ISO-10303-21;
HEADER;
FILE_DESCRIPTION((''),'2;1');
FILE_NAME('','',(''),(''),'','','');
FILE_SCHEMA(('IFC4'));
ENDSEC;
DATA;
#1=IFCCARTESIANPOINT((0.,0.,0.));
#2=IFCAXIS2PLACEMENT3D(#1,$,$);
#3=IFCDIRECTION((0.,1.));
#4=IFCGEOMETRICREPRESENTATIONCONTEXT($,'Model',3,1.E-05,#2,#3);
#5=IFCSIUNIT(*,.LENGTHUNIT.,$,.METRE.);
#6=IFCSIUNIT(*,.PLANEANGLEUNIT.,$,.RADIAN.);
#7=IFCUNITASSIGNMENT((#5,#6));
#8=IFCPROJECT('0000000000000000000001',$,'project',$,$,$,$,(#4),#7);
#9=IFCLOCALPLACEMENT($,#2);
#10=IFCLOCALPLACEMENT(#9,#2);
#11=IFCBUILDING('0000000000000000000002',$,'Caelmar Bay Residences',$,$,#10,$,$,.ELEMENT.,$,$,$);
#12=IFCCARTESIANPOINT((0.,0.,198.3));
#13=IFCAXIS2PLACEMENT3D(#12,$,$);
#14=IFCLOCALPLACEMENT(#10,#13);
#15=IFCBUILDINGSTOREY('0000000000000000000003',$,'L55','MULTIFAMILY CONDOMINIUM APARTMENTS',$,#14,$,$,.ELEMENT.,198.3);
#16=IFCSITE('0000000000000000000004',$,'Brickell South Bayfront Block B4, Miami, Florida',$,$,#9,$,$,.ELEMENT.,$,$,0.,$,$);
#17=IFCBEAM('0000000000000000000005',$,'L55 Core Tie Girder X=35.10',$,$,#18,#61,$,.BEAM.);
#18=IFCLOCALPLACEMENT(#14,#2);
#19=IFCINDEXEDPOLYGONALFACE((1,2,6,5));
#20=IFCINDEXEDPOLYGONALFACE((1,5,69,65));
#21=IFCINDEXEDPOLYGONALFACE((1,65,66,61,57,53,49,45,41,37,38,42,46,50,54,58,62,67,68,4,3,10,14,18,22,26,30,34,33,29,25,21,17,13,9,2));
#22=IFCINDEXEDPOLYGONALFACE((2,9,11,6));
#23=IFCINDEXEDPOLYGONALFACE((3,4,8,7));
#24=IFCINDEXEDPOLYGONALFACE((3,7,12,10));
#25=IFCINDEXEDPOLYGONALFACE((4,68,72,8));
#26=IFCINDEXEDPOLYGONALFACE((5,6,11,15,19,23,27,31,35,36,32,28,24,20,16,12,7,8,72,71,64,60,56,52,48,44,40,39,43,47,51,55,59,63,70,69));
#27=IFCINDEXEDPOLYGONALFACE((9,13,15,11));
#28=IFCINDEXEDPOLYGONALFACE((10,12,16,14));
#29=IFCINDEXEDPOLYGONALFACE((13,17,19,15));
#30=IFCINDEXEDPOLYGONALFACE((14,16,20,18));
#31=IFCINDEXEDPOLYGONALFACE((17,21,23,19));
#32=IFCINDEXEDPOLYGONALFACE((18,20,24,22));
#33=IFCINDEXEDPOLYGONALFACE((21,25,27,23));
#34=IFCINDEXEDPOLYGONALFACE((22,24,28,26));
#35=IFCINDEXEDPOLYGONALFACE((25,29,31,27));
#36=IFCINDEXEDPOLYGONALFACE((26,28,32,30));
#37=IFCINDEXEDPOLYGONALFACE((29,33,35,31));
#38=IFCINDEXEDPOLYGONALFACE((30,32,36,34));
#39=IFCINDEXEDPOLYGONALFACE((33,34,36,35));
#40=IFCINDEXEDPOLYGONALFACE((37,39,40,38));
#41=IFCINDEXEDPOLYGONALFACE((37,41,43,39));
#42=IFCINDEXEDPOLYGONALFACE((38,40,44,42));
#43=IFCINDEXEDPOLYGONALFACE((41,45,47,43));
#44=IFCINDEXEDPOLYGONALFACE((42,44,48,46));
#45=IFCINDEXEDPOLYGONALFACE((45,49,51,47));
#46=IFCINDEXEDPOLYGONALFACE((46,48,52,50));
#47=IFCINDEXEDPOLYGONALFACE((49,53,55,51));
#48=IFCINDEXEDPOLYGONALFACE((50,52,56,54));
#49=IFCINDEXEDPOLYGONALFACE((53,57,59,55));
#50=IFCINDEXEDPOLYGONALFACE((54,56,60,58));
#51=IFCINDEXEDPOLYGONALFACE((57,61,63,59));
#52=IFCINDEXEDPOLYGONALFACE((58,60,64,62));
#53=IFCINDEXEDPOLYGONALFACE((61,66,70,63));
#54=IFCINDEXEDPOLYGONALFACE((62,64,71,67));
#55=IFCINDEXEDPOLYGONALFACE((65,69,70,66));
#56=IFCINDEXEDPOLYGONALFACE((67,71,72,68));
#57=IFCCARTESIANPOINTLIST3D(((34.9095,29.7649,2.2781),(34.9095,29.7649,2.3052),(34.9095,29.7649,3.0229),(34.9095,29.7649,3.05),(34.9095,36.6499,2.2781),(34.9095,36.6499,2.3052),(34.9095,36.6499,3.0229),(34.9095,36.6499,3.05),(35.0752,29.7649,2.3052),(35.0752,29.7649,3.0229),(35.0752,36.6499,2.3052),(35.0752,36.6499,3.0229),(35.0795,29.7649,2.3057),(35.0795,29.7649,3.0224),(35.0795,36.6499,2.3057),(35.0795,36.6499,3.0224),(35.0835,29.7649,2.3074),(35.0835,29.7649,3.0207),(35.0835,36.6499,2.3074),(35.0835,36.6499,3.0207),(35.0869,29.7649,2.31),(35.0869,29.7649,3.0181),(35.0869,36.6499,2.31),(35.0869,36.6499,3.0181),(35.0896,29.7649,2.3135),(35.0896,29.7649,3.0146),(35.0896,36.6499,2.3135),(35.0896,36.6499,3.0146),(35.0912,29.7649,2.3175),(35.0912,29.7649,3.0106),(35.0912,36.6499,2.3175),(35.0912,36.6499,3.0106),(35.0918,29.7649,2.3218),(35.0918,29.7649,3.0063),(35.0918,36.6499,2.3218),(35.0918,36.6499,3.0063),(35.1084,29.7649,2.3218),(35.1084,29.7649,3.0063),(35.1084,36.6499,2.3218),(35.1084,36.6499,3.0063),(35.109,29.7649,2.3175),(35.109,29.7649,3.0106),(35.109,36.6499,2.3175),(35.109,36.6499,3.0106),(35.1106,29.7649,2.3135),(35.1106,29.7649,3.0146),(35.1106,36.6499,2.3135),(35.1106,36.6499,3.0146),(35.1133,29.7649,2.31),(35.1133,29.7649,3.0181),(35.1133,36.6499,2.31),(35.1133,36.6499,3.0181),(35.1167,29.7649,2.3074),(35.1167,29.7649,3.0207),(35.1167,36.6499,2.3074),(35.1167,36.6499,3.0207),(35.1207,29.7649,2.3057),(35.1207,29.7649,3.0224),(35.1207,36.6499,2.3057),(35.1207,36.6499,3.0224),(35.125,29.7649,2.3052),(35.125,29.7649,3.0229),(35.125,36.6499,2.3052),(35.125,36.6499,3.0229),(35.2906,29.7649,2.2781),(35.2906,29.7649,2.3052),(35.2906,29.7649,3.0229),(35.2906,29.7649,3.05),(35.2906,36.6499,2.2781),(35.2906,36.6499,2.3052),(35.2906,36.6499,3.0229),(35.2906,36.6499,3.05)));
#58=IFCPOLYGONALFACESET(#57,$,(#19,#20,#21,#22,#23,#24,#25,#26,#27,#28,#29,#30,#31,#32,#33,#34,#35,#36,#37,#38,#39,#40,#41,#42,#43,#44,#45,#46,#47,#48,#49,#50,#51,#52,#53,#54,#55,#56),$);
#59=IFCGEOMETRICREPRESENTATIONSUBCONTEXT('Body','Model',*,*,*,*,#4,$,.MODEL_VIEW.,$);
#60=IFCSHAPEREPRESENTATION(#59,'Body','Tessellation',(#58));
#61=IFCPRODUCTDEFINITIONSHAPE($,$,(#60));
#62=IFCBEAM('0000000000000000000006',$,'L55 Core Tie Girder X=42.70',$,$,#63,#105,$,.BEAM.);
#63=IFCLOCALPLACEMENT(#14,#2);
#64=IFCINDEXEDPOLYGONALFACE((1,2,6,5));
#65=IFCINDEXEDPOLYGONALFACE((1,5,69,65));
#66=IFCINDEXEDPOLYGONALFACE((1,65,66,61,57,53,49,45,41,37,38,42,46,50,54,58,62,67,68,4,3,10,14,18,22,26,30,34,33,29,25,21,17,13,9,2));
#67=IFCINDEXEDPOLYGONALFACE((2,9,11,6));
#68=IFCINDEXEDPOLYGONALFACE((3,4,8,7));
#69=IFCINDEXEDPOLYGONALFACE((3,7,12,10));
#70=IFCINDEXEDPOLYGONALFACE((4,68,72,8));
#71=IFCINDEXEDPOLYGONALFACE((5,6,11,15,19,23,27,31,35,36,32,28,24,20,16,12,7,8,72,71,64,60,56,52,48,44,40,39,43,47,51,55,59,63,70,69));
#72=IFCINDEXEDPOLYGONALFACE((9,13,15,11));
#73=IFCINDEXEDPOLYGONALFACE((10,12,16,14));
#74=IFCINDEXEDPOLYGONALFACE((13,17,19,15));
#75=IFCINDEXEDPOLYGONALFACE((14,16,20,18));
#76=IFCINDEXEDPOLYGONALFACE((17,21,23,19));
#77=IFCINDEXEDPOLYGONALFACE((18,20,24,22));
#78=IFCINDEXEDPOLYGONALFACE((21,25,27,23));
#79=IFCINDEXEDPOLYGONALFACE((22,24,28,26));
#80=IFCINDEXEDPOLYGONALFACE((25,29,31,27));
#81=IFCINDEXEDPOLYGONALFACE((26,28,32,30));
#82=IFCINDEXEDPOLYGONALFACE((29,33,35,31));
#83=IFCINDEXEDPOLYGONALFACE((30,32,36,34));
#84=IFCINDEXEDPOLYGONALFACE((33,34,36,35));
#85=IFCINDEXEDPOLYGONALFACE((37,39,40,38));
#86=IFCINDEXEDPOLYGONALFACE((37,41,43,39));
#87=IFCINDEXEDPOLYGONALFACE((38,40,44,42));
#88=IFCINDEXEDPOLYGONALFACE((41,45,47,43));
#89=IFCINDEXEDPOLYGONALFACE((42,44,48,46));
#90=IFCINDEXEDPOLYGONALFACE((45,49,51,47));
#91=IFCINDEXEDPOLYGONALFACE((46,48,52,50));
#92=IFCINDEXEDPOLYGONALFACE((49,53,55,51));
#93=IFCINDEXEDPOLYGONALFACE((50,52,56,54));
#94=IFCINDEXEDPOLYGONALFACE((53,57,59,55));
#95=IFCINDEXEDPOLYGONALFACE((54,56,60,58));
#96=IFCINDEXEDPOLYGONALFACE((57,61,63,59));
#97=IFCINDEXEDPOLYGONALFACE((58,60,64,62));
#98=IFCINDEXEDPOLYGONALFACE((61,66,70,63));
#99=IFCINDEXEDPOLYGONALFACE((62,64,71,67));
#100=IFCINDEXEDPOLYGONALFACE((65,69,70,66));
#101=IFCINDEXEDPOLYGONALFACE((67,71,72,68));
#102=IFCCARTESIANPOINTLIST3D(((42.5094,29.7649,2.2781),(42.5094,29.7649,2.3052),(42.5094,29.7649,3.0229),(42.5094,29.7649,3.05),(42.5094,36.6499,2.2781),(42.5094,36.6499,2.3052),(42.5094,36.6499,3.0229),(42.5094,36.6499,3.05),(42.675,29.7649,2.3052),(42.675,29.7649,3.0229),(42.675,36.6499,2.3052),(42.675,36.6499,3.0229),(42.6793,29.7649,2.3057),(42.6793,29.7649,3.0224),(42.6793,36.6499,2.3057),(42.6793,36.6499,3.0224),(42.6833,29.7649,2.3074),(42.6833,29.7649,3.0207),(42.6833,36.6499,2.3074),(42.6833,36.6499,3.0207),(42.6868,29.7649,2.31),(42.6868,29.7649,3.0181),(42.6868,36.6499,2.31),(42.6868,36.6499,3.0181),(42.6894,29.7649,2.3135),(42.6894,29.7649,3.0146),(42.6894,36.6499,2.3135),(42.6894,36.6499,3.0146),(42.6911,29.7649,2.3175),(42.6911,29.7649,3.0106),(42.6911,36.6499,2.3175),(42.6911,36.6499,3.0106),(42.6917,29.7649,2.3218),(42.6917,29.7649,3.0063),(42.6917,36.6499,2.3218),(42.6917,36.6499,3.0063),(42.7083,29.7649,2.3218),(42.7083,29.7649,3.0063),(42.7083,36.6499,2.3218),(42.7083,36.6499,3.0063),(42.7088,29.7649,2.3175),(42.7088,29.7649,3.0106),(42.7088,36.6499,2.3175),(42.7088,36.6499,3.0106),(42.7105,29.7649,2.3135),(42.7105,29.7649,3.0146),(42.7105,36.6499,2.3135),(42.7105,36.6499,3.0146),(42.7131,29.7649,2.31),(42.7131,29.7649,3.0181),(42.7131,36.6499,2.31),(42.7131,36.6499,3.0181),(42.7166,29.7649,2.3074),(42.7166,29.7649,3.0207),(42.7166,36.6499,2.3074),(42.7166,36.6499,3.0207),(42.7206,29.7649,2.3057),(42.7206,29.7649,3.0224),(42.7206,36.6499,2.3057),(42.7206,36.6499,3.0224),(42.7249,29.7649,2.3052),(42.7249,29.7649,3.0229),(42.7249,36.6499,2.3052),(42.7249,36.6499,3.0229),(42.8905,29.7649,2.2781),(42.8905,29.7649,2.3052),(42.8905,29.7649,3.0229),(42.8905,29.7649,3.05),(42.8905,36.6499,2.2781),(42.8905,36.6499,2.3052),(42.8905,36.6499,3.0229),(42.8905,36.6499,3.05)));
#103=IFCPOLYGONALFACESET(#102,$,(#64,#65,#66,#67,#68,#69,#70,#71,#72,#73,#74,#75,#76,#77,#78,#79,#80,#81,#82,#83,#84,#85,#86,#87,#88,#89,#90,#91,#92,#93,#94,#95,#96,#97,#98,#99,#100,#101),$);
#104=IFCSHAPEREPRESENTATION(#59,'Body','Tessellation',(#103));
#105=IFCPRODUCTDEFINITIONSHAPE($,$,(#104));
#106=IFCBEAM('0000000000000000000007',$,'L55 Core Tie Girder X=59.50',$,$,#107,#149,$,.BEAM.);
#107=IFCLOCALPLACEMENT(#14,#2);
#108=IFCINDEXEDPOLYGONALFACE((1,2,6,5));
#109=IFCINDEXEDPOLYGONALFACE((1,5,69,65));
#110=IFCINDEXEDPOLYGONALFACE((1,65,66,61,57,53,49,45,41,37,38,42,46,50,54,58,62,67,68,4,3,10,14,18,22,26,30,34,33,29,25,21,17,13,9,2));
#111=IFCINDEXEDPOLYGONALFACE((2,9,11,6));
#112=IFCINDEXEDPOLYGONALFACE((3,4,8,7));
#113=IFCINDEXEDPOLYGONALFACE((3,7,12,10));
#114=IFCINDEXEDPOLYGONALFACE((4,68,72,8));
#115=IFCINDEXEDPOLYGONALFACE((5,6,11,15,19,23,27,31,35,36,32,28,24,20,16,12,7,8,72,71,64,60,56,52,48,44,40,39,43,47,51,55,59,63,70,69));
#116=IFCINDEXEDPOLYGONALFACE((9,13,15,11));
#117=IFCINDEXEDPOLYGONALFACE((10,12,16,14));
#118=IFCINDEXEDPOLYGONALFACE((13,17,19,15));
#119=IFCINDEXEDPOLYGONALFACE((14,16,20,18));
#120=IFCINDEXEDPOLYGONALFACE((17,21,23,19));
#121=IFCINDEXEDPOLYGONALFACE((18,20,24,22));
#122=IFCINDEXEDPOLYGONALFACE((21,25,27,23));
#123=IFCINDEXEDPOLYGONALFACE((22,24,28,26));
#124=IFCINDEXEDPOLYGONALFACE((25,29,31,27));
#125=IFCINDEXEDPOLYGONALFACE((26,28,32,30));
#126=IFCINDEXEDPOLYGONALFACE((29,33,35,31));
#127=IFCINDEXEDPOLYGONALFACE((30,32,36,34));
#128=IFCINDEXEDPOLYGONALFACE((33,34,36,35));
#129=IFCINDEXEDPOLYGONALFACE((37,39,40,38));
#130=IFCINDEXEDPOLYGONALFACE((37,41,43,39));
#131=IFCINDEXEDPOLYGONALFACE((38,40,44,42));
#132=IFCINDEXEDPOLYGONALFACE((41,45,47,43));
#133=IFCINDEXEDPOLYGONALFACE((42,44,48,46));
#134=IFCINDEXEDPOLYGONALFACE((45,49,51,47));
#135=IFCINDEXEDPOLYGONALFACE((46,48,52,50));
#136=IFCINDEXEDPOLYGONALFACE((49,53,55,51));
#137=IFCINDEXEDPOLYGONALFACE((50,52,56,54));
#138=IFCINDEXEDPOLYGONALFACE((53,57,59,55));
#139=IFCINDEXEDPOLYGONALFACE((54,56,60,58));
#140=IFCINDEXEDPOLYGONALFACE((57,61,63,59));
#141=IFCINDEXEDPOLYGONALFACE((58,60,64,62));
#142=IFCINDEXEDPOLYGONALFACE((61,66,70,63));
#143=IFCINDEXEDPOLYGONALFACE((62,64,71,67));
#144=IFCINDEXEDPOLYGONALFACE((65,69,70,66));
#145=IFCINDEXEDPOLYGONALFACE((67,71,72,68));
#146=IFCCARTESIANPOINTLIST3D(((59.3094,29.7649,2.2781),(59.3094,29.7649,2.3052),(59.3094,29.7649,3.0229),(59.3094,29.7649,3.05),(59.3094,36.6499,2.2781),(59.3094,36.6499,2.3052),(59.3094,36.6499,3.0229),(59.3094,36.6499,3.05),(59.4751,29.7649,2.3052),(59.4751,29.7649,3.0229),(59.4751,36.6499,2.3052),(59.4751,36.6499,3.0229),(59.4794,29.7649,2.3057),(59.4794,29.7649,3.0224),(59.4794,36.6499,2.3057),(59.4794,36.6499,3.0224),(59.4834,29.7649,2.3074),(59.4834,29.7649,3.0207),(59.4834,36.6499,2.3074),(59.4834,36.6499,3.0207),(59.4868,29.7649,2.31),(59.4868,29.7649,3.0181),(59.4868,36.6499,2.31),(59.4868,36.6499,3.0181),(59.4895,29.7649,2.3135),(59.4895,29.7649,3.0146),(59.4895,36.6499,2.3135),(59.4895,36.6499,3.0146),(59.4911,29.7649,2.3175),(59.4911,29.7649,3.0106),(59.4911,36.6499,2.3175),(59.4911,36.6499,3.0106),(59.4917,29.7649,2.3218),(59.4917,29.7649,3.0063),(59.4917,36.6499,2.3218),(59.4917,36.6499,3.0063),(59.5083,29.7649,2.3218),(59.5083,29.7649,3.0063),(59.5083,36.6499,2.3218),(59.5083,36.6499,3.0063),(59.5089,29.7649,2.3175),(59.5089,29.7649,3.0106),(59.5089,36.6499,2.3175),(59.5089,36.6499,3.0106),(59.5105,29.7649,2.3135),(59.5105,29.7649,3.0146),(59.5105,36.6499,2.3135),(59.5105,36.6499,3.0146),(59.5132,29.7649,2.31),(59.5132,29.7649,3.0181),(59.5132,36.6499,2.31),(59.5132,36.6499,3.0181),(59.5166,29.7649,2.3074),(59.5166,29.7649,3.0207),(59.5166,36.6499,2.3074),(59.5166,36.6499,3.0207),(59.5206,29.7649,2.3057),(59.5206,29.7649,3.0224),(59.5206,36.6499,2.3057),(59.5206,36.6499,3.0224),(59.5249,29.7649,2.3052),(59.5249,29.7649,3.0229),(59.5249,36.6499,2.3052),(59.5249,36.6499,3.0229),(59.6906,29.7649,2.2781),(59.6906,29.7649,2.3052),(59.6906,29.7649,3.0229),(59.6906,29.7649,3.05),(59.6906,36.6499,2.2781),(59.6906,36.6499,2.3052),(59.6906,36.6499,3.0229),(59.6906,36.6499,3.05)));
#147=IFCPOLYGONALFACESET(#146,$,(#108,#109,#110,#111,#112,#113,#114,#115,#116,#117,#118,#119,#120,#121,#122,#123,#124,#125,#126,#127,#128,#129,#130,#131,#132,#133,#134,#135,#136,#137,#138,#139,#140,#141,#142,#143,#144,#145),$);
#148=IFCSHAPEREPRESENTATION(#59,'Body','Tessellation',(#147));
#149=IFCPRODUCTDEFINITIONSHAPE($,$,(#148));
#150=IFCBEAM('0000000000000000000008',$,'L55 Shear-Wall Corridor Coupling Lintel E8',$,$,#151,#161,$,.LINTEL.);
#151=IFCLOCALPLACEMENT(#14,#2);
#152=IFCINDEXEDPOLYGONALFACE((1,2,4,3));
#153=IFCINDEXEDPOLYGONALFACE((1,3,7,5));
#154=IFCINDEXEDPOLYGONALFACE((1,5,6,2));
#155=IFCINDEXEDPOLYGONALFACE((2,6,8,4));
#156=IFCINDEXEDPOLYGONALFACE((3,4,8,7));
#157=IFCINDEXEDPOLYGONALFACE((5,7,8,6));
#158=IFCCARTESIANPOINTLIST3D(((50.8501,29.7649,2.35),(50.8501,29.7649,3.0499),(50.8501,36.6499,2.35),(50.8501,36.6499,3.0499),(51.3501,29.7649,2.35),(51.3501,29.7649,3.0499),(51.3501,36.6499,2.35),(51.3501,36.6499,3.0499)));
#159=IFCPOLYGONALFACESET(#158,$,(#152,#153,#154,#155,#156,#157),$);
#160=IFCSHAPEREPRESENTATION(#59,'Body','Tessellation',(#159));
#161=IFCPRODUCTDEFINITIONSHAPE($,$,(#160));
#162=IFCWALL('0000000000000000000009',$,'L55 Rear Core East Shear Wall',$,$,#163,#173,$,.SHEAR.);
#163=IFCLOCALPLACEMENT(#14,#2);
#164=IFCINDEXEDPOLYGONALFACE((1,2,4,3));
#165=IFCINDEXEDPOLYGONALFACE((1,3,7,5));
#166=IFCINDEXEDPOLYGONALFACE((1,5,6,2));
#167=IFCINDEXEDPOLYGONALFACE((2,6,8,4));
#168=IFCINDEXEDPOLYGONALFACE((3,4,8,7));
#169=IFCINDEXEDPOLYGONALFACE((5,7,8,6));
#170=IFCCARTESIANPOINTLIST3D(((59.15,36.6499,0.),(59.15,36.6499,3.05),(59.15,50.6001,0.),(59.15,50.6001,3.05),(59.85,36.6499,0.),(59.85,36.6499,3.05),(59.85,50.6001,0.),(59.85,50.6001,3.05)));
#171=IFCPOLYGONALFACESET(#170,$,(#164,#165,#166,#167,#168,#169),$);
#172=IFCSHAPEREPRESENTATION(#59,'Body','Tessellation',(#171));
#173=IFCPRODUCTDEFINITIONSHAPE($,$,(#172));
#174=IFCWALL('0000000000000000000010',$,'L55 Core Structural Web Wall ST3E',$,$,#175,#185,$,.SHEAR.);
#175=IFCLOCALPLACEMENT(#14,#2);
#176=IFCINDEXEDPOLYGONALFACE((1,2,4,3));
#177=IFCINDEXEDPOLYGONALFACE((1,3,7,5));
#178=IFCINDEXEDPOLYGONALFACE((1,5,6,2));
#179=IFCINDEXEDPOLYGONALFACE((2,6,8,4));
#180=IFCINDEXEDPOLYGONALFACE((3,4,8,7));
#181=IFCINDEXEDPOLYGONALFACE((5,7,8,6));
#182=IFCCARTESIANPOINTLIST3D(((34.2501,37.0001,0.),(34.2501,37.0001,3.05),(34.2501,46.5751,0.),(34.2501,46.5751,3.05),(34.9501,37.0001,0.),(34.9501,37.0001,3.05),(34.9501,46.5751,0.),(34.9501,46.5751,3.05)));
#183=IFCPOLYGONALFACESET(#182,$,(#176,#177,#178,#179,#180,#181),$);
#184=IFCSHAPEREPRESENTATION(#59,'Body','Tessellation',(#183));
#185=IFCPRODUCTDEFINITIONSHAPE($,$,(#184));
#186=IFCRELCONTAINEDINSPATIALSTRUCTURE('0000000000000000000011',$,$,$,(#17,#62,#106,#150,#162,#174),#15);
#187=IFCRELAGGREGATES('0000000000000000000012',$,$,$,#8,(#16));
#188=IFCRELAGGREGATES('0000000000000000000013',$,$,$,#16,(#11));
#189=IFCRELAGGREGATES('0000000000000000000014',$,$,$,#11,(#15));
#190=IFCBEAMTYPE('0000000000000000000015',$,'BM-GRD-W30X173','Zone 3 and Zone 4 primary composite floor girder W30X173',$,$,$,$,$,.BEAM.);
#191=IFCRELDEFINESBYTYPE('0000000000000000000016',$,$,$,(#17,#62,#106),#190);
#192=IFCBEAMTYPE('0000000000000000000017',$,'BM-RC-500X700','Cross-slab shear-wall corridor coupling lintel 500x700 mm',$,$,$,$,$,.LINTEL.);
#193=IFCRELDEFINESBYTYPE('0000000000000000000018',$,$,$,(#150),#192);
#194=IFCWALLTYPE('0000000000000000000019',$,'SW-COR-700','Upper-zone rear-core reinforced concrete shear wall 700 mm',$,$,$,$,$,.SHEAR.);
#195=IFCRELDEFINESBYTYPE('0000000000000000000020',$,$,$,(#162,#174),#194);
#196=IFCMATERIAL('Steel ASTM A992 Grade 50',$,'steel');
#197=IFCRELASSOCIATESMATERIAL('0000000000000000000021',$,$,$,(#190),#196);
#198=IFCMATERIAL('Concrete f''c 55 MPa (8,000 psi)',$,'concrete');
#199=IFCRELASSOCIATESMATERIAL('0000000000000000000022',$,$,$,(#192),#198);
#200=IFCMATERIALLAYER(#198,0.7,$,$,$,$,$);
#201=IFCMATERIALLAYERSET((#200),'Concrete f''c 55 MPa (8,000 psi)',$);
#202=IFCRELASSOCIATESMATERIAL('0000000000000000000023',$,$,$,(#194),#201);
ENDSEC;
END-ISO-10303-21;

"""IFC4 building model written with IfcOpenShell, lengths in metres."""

from ifc_helpers import new_model, si_unit, direction, frame, frame_2d, origin, origin_2d, place, context, subcontext, project, spatial, rectangle, i_section, extrude, material, layer, layer_set, material_profile, profile_set, type_object, element, save


model = new_model("IFC4")

# Units and contexts
model_context = context("Model", 3, precision=1e-05, world=origin(), true_north=direction((0.0, 1.0)))
body_context = subcontext(model_context, "Body", "Model", "MODEL_VIEW")
ifc_project = project(units=[si_unit("LENGTHUNIT", "METRE"), si_unit("PLANEANGLEUNIT", "RADIAN")], contexts=[model_context])

# Site, building, storey
site_placement = place(None, origin())
site = spatial("IfcSite", under=ifc_project, at=site_placement, Name="Brickell South Bayfront Block B4, Miami, Florida", CompositionType="ELEMENT", RefElevation=0.0)
building_placement = place(site_placement, origin())
building = spatial("IfcBuilding", under=site, at=building_placement, Name="Caelmar Bay Residences", CompositionType="ELEMENT")
storey_placement = place(building_placement, frame((0.0, 0.0, 198.3)))
storey = spatial("IfcBuildingStorey", under=building, at=storey_placement, Name="L55", Description="MULTIFAMILY CONDOMINIUM APARTMENTS", CompositionType="ELEMENT", Elevation=198.3)

# Beams
ifc_material_1 = material(Name="Steel ASTM A992 Grade 50", Category="steel")
ifc_material_profile_1 = material_profile(ifc_material_1, i_section(OverallWidth=0.3811, OverallDepth=0.772, WebThickness=0.0166, FlangeThickness=0.0271, FilletRadius=0.0166, at=origin_2d()), Name="W30X173")
ifc_profile_set_1 = profile_set([ifc_material_profile_1], Name="Steel ASTM A992 Grade 50")
beam_type_1 = type_object("IfcBeamType", Name="BM-GRD-W30X173", Description="Zone 3 and Zone 4 primary composite floor girder W30X173", PredefinedType="BEAM", material=ifc_profile_set_1)
for number, where, z_axis, x_axis, name in (
    (1, (35.1001, 29.7649, 2.6641), (0.0, 1.0, 0.0), (-1.0, 0.0, 0.0), "L55 Core Tie Girder X=35.10"),
    (2, (42.7, 29.7649, 2.6641), (0.0, 1.0, 0.0), (-1.0, 0.0, 0.0), "L55 Core Tie Girder X=42.70"),
    (3, (59.5, 29.7649, 2.6641), (0.0, 1.0, 0.0), (-1.0, 0.0, 0.0), "L55 Core Tie Girder X=59.50"),
):
    element("IfcBeam", number, at=place(storey_placement, frame(where, z_axis=z_axis, x_axis=x_axis)), inside=storey, type_object=beam_type_1, Name=name, PredefinedType="BEAM", context=body_context, shape_type="SweptSolid", body=[
        extrude(i_section(OverallWidth=0.3811, OverallDepth=0.772, WebThickness=0.0166, FlangeThickness=0.0271, FilletRadius=0.0166, at=origin_2d()), origin(), (0.0, 0.0, 1.0), 6.885),
    ])
ifc_material_2 = material(Name="Concrete f'c 55 MPa (8,000 psi)", Category="concrete")
ifc_material_profile_2 = material_profile(ifc_material_2, rectangle(XDim=0.5, YDim=0.7, at=origin_2d()), Name="RC-BM-500X700")
ifc_profile_set_2 = profile_set([ifc_material_profile_2], Name="Concrete f'c 55 MPa (8,000 psi)")
beam_type_2 = type_object("IfcBeamType", Name="BM-RC-500X700", Description="Cross-slab shear-wall corridor coupling lintel 500x700 mm", PredefinedType="LINTEL", material=ifc_profile_set_2)
beam_placement = place(storey_placement, frame((51.1001, 29.7649, 2.7), z_axis=(0.0, 1.0, 0.0), x_axis=(-1.0, 0.0, 0.0)))
element("IfcBeam", 4, at=beam_placement, inside=storey, type_object=beam_type_2, Name="L55 Shear-Wall Corridor Coupling Lintel E8", PredefinedType="LINTEL", context=body_context, shape_type="SweptSolid", body=[
    extrude(rectangle(XDim=0.5, YDim=0.7, at=origin_2d()), origin(), (0.0, 0.0, 1.0), 6.885),
])

# Wall
ifc_layer_1 = layer(ifc_material_2, 0.7)
ifc_layer_set_1 = layer_set([ifc_layer_1], Name="Concrete f'c 55 MPa (8,000 psi)")
wall_type_1 = type_object("IfcWallType", Name="SW-COR-700", Description="Upper-zone rear-core reinforced concrete shear wall 700 mm", PredefinedType="SHEAR", material=ifc_layer_set_1)
wall_1_placement = place(storey_placement, frame((59.5, 36.6499, 0.0), z_axis=(0.0, 0.0, 1.0), x_axis=(0.0, 1.0, 0.0)))
element("IfcWall", 5, at=wall_1_placement, inside=storey, type_object=wall_type_1, Name="L55 Rear Core East Shear Wall", PredefinedType="SHEAR", context=body_context, shape_type="SweptSolid", body=[
    extrude(rectangle(XDim=13.9502, YDim=0.7, at=frame_2d((6.9751, 0.0))), origin(), (0.0, 0.0, 1.0), 3.05),
])

# Wall
wall_2_placement = place(storey_placement, frame((34.6001, 37.0, 0.0), z_axis=(0.0, 0.0, 1.0), x_axis=(0.0, 1.0, 0.0)))
element("IfcWall", 6, at=wall_2_placement, inside=storey, type_object=wall_type_1, Name="L55 Core Structural Web Wall ST3E", PredefinedType="SHEAR", context=body_context, shape_type="SweptSolid", body=[
    extrude(rectangle(XDim=9.575, YDim=0.7, at=frame_2d((4.7876, 0.0))), origin(), (0.0, 0.0, 1.0), 3.05),
])

save(model, "model.ifc")
